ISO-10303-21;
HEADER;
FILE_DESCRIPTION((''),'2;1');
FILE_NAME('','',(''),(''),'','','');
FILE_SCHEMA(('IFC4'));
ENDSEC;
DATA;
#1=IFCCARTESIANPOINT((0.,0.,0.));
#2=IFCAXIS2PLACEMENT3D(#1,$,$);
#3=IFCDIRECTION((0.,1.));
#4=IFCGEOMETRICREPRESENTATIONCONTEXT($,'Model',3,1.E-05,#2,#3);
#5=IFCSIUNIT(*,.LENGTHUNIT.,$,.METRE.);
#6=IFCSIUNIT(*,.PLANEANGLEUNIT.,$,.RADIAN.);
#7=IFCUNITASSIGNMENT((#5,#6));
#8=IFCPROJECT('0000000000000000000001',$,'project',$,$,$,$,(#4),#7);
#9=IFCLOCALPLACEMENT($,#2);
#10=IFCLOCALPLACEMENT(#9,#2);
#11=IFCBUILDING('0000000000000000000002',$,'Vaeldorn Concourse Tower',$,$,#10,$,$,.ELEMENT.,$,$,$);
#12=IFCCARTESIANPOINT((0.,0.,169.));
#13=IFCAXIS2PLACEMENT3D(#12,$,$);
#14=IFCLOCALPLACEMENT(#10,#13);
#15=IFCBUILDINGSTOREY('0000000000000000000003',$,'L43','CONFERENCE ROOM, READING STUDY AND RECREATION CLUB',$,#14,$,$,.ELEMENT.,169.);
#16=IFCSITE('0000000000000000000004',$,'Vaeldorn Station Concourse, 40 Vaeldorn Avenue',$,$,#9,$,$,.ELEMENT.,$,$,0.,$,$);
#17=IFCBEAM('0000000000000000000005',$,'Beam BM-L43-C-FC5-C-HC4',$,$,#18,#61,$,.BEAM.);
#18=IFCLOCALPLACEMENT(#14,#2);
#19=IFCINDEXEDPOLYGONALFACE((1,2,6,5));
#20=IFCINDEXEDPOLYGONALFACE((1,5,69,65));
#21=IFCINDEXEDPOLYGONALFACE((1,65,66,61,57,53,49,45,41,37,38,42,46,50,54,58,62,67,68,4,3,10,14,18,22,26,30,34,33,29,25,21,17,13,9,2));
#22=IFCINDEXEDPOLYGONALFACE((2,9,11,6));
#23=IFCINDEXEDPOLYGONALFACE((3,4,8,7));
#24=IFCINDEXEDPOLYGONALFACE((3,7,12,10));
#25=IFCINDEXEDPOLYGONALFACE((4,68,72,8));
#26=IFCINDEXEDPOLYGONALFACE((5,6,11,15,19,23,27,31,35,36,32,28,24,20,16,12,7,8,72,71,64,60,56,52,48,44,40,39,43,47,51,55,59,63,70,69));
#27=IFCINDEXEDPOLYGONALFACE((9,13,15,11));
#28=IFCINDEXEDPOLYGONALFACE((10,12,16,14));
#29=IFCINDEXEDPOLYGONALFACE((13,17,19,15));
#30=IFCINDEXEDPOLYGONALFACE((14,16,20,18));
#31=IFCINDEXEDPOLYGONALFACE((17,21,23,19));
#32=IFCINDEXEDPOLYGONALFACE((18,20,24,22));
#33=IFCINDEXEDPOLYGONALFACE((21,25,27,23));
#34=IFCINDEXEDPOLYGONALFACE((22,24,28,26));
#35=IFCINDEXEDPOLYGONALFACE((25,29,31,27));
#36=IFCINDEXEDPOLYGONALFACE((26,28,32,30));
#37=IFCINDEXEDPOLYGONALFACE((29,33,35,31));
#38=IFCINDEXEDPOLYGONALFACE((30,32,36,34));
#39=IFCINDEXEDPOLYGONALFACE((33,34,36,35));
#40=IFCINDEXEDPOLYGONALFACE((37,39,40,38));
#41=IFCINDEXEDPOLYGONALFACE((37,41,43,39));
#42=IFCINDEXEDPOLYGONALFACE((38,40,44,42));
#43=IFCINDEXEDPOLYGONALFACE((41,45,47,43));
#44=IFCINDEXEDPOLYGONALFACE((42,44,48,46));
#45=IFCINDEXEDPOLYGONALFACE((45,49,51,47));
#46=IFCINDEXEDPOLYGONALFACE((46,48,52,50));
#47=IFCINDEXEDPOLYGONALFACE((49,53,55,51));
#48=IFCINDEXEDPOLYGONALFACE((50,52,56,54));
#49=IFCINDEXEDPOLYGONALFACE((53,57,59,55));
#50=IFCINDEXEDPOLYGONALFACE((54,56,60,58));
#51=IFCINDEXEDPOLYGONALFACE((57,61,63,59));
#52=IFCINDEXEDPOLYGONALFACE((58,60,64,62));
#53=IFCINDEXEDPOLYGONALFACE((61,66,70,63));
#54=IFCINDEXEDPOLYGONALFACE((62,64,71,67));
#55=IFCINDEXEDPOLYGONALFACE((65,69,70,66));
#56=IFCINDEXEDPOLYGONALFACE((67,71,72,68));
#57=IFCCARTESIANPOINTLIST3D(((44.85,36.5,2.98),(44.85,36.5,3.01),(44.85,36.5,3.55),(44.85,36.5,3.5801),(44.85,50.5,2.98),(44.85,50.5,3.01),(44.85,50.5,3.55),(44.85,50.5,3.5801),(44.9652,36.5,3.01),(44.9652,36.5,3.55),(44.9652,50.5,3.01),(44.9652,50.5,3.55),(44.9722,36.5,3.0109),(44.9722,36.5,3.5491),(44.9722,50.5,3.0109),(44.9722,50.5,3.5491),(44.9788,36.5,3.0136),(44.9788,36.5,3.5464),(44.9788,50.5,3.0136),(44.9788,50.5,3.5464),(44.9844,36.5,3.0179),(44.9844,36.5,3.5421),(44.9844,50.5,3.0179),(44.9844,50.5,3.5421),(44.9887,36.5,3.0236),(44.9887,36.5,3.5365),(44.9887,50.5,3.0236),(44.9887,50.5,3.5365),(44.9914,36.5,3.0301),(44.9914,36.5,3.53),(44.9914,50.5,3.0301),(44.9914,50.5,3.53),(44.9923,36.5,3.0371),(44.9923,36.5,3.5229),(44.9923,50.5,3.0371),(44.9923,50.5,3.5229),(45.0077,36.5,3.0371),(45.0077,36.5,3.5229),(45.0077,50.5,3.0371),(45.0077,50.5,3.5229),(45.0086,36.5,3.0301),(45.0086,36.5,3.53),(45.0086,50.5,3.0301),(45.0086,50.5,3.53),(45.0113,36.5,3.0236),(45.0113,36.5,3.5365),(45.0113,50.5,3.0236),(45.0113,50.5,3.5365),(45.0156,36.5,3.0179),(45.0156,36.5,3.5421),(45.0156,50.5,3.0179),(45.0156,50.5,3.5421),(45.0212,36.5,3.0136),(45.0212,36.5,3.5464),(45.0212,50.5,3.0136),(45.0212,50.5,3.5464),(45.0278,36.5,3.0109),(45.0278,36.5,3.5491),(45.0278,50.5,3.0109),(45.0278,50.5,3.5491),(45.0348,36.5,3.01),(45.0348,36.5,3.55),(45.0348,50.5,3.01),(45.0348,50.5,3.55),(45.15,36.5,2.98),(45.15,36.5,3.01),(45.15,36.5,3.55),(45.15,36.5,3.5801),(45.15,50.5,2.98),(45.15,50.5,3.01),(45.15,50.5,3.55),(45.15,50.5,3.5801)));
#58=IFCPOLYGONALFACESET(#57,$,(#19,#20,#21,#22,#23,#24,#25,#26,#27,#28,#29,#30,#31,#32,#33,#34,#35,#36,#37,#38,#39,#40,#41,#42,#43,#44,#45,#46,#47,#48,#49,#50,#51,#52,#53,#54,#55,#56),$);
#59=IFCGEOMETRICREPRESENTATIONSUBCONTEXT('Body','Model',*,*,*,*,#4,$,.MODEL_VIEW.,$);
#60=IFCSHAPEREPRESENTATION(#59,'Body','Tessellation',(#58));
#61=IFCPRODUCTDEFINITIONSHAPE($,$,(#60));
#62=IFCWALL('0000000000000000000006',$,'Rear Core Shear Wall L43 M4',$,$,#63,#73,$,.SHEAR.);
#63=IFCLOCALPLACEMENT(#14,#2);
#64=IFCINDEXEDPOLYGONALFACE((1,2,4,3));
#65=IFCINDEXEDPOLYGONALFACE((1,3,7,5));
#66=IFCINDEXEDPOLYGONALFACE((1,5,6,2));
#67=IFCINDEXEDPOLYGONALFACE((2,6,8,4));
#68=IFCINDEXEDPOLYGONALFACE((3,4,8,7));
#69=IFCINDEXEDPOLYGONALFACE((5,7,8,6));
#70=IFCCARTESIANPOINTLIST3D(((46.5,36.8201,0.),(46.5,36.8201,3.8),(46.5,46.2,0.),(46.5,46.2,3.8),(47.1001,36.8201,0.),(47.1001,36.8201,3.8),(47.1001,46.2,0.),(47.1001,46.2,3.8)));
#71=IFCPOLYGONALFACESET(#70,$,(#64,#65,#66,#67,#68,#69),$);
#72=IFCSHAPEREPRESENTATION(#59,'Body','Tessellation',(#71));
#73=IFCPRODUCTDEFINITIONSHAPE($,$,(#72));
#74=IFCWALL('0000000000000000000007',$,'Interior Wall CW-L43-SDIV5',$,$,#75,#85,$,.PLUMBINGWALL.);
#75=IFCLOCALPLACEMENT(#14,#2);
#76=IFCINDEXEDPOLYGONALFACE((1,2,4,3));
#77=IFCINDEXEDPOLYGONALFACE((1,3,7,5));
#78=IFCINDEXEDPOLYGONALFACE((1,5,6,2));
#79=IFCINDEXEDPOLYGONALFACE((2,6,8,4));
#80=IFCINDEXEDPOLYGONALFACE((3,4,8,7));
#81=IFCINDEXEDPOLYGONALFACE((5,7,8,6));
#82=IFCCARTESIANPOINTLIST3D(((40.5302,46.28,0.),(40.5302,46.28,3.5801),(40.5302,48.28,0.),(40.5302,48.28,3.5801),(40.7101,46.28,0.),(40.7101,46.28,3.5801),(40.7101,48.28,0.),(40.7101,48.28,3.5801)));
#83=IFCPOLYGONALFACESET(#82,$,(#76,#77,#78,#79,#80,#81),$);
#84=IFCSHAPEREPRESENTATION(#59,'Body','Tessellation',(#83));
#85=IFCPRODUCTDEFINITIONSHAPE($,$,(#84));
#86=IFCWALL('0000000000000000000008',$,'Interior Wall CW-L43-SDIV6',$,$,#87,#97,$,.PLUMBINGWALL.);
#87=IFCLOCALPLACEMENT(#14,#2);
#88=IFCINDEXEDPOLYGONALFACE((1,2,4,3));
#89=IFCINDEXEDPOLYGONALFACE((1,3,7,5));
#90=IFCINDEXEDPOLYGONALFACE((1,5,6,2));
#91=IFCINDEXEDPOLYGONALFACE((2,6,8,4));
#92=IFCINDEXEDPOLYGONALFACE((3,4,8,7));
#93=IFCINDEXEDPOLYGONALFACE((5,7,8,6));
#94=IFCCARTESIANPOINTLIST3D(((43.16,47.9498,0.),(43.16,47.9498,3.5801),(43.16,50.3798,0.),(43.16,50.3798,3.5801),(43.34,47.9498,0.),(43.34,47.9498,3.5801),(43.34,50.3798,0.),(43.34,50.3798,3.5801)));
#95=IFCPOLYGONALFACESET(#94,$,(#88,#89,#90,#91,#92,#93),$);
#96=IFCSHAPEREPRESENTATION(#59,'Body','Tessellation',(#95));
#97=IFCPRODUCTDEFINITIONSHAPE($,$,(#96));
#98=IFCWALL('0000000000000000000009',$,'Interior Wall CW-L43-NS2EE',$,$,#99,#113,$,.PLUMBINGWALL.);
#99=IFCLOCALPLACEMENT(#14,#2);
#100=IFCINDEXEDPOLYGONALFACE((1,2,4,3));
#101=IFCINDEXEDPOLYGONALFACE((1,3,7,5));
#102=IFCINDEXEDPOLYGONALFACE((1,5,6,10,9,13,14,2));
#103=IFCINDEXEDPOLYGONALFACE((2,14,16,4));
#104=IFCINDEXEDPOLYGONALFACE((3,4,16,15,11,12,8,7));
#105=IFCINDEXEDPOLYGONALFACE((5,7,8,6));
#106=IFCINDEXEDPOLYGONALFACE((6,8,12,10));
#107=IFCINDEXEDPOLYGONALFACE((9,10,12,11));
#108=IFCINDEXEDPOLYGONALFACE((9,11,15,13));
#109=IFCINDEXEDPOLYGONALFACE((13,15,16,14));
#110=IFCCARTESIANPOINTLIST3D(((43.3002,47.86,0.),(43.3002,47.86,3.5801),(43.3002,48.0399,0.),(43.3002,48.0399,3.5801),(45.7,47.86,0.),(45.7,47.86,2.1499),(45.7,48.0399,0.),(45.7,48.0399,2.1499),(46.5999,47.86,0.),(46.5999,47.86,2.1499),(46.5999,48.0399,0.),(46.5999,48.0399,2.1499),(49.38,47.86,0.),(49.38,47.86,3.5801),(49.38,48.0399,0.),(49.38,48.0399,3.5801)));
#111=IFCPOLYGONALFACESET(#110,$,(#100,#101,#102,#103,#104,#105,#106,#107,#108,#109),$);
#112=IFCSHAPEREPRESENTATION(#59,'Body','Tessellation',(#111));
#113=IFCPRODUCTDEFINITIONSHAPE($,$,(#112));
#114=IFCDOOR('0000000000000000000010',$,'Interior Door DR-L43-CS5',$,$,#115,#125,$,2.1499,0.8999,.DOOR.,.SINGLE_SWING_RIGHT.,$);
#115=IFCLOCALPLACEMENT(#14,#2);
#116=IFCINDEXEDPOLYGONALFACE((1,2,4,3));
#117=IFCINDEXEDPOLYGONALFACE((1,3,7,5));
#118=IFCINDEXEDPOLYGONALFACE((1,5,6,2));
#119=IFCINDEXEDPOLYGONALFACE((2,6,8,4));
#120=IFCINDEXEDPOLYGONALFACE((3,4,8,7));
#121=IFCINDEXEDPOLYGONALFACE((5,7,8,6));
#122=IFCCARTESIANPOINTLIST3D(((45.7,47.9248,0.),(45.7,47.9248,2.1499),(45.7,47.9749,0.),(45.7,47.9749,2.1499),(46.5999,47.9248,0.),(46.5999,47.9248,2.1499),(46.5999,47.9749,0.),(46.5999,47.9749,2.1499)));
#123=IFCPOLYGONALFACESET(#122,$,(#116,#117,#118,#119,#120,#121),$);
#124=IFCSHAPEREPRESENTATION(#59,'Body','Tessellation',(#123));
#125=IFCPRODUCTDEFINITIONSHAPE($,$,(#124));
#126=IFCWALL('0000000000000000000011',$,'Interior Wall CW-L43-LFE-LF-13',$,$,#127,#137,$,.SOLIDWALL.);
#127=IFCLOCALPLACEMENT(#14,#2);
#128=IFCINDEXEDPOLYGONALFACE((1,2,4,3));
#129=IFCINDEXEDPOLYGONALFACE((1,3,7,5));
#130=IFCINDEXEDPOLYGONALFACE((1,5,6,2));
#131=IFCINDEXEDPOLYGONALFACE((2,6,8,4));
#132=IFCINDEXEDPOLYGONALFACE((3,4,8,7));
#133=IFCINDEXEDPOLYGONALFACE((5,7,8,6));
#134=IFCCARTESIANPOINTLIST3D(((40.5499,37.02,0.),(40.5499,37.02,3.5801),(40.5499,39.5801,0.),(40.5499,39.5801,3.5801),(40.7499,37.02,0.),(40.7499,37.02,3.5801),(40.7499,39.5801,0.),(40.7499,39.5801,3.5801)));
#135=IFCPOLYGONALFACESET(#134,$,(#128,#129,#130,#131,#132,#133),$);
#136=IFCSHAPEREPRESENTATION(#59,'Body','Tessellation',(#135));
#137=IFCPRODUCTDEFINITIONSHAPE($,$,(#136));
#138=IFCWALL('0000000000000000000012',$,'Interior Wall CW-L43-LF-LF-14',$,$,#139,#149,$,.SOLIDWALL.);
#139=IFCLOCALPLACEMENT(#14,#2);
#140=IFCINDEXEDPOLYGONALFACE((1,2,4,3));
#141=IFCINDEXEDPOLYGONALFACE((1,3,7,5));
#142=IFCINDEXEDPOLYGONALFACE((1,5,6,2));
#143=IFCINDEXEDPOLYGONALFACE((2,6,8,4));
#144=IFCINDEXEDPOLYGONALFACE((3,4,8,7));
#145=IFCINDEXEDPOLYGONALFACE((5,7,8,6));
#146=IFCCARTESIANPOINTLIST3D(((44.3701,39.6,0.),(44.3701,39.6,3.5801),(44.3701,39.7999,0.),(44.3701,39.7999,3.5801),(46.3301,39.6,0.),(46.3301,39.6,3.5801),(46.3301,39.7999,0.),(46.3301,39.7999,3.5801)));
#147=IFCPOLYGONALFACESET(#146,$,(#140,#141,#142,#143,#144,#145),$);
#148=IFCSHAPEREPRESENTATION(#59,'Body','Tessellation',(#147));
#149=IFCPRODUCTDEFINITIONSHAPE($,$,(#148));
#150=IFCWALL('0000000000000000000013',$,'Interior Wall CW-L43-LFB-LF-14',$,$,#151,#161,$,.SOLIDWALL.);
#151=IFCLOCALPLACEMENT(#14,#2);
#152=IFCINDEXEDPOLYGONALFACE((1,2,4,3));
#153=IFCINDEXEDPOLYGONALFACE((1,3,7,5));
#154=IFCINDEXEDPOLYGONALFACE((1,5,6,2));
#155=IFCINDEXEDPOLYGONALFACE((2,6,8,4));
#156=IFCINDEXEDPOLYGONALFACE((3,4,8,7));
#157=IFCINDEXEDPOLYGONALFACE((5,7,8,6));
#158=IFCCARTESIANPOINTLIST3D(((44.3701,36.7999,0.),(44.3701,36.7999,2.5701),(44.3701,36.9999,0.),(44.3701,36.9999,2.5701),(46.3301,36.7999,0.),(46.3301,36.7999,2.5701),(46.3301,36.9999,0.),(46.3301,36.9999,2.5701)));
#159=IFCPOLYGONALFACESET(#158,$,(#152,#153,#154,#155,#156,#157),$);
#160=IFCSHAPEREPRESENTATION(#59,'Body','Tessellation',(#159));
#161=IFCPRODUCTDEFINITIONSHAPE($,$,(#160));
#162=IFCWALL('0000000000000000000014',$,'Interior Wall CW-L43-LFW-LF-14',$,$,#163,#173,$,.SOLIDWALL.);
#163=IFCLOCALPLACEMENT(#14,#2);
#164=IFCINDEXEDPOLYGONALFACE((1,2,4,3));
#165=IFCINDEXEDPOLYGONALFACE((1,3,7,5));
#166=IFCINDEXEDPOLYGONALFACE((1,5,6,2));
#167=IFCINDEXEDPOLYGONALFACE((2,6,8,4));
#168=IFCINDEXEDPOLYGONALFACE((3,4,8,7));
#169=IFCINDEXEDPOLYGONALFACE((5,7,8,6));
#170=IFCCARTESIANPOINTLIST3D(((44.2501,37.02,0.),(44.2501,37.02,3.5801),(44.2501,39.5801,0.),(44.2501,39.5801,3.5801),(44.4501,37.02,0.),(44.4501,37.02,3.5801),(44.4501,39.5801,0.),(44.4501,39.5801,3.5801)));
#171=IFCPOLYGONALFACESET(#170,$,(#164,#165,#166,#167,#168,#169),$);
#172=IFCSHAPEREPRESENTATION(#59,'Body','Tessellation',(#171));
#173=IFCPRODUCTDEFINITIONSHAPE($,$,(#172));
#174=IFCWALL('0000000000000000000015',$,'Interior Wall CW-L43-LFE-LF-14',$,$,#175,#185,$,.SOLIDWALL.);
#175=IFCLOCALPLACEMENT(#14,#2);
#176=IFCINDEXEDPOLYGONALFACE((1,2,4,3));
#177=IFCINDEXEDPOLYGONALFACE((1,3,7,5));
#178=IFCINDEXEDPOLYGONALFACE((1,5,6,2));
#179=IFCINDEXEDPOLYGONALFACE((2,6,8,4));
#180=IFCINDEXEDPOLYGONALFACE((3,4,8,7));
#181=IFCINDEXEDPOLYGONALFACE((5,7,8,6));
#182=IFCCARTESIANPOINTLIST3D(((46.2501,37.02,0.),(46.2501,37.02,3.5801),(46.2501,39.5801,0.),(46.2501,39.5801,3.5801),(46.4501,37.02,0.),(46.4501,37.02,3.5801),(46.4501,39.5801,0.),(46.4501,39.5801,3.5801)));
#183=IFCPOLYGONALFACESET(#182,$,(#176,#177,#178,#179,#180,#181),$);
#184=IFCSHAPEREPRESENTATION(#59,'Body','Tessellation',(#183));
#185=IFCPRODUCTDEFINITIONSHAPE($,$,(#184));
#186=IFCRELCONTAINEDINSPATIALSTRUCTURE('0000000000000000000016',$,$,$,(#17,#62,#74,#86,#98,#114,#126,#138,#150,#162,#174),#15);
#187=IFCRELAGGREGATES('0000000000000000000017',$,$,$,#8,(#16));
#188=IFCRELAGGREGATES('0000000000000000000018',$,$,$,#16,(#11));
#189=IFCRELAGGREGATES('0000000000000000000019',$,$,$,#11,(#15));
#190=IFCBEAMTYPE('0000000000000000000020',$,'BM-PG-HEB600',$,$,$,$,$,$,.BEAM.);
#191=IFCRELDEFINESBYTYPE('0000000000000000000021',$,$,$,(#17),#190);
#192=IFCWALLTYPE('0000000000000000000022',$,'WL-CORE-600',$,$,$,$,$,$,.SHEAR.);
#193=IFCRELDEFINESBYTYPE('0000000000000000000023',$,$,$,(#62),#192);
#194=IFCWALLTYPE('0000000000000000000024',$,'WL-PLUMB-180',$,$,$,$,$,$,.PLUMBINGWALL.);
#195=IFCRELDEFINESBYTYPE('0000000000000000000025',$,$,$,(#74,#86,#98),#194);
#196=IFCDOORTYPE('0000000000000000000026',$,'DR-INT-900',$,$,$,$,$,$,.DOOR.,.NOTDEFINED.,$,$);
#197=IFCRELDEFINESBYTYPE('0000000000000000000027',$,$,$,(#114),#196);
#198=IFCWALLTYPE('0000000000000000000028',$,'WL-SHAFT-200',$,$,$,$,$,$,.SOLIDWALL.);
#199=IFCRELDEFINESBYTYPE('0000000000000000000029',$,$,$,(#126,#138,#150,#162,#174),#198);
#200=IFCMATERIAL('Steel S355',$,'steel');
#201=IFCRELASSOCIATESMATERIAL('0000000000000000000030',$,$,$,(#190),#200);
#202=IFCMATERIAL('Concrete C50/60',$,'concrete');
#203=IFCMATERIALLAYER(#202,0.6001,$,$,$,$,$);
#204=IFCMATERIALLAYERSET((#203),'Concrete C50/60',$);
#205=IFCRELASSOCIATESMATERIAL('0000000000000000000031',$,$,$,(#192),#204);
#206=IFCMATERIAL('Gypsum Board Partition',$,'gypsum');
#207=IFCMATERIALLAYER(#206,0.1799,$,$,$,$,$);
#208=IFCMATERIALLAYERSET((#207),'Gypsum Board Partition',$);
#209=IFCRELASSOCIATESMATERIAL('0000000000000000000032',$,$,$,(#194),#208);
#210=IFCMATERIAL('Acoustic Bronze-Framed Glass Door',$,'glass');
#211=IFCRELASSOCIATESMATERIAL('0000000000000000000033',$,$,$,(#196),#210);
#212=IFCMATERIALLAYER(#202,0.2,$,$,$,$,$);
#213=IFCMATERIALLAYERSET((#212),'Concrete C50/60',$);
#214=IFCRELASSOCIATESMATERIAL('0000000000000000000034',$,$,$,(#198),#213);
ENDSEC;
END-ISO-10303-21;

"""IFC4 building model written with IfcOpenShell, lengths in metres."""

from ifc_helpers import new_model, si_unit, direction, frame, frame_2d, origin, origin_2d, place, context, subcontext, project, spatial, rectangle, i_section, extrude, source, transform, mapped, material, layer, layer_set, material_profile, profile_set, type_object, element, fill, save


model = new_model("IFC4")

# Units and contexts
model_context = context("Model", 3, precision=1e-05, world=origin(), true_north=direction((0.0, 1.0)))
body_context = subcontext(model_context, "Body", "Model", "MODEL_VIEW")
ifc_project = project(units=[si_unit("LENGTHUNIT", "METRE"), si_unit("PLANEANGLEUNIT", "RADIAN")], contexts=[model_context])

# Site, building, storey
site_placement = place(None, origin())
site = spatial("IfcSite", under=ifc_project, at=site_placement, Name="Vaeldorn Station Concourse, 40 Vaeldorn Avenue", CompositionType="ELEMENT", RefElevation=0.0)
building_placement = place(site_placement, origin())
building = spatial("IfcBuilding", under=site, at=building_placement, Name="Vaeldorn Concourse Tower", CompositionType="ELEMENT")
storey_placement = place(building_placement, frame((0.0, 0.0, 169.0)))
storey = spatial("IfcBuildingStorey", under=building, at=storey_placement, Name="L43", Description="CONFERENCE ROOM, READING STUDY AND RECREATION CLUB", CompositionType="ELEMENT", Elevation=169.0)

# Beam
ifc_material_1 = material(Name="Concrete C50/60", Category="concrete")
ifc_material_2 = material(Name="Steel S355", Category="steel")
ifc_material_profile_1 = material_profile(ifc_material_2, i_section(OverallWidth=0.3, OverallDepth=0.6001, WebThickness=0.0154, FlangeThickness=0.03, FilletRadius=0.0271, at=origin_2d()), Name="HEB 600")
ifc_profile_set_1 = profile_set([ifc_material_profile_1], Name="Steel S355")
beam_type_1 = type_object("IfcBeamType", Name="BM-PG-HEB600", PredefinedType="BEAM", material=ifc_profile_set_1)
shared_shape_1 = source(origin(), body_context, "Body", "SweptSolid", [
    extrude(i_section(OverallWidth=0.3, OverallDepth=0.6001, WebThickness=0.0154, FlangeThickness=0.03, FilletRadius=0.0271, at=origin_2d()), origin(), (0.0, 0.0, 1.0), 14.0),
])
beam_1_placement = place(storey_placement, frame((45.0, 36.5, 3.28), z_axis=(0.0, 1.0, 0.0), x_axis=(-1.0, 0.0, 0.0)))
element("IfcBeam", 1, at=beam_1_placement, inside=storey, type_object=beam_type_1, Name="Beam BM-L43-C-FC5-C-HC4", PredefinedType="BEAM", context=body_context, shape_type="MappedRepresentation", body=[
    mapped(shared_shape_1, transform((0.0, 0.0, 0.0), scale=1.0)),
])

# Walls
ifc_layer_1 = layer(ifc_material_1, 0.6001)
ifc_layer_set_1 = layer_set([ifc_layer_1], Name="Concrete C50/60")
wall_type_1 = type_object("IfcWallType", Name="WL-CORE-600", PredefinedType="SHEAR", material=ifc_layer_set_1)
wall_1_placement = place(storey_placement, frame((46.8, 36.8201, 0.0), z_axis=(0.0, 0.0, 1.0), x_axis=(0.0, 1.0, 0.0)))
element("IfcWall", 2, at=wall_1_placement, inside=storey, type_object=wall_type_1, Name="Rear Core Shear Wall L43 M4", PredefinedType="SHEAR", context=body_context, shape_type="SweptSolid", body=[
    extrude(rectangle(XDim=9.3799, YDim=0.6001, at=frame_2d((4.6899, 0.0))), origin(), (0.0, 0.0, 1.0), 3.8),
])
ifc_material_3 = material(Name="Gypsum Board Partition", Category="gypsum")
ifc_layer_2 = layer(ifc_material_3, 0.1799)
ifc_layer_set_2 = layer_set([ifc_layer_2], Name="Gypsum Board Partition")
wall_type_2 = type_object("IfcWallType", Name="WL-PLUMB-180", PredefinedType="PLUMBINGWALL", material=ifc_layer_set_2)
wall_2_placement = place(storey_placement, frame((40.6201, 46.28, 0.0), z_axis=(0.0, 0.0, 1.0), x_axis=(0.0, 1.0, 0.0)))
element("IfcWall", 3, at=wall_2_placement, inside=storey, type_object=wall_type_2, Name="Interior Wall CW-L43-SDIV5", PredefinedType="PLUMBINGWALL", context=body_context, shape_type="SweptSolid", body=[
    extrude(rectangle(XDim=2.0, YDim=0.1799, at=frame_2d((1.0, 0.0))), origin(), (0.0, 0.0, 1.0), 3.5801),
])
wall_3_placement = place(storey_placement, frame((43.25, 47.95, 0.0), z_axis=(0.0, 0.0, 1.0), x_axis=(0.0, 1.0, 0.0)))
element("IfcWall", 4, at=wall_3_placement, inside=storey, type_object=wall_type_2, Name="Interior Wall CW-L43-SDIV6", PredefinedType="PLUMBINGWALL", context=body_context, shape_type="SweptSolid", body=[
    extrude(rectangle(XDim=2.4299, YDim=0.1799, at=frame_2d((1.2148, 0.0))), origin(), (0.0, 0.0, 1.0), 3.5801),
])

# Wall, opening, door
wall_4_placement = place(storey_placement, frame((43.3, 47.95, 0.0), z_axis=(0.0, 0.0, 1.0), x_axis=(1.0, 0.0, 0.0)))
wall_4 = element("IfcWall", 5, at=wall_4_placement, inside=storey, type_object=wall_type_2, Name="Interior Wall CW-L43-NS2EE", PredefinedType="PLUMBINGWALL", context=body_context, shape_type="SweptSolid", body=[
    extrude(rectangle(XDim=6.0798, YDim=0.1799, at=frame_2d((3.04, 0.0))), origin(), (0.0, 0.0, 1.0), 3.5801),
])
opening_1_placement = place(wall_4_placement, frame((2.3999, 0.0, 0.0)))
opening_1 = element("IfcOpeningElement", 6, at=opening_1_placement, cuts=wall_4, PredefinedType="OPENING", context=body_context, shape_type="SweptSolid", body=[
    extrude(rectangle(XDim=0.8999, YDim=2.1499, at=frame_2d((0.45, 1.075))), frame((0.0, 0.1001, 0.0), z_axis=(0.0, -1.0, 0.0), x_axis=(1.0, 0.0, 0.0)), (0.0, 0.0, 1.0), 0.2),
])
ifc_material_4 = material(Name="Acoustic Bronze-Framed Glass Door", Category="glass")
door_type_1 = type_object("IfcDoorType", Name="DR-INT-900", OperationType="NOTDEFINED", PredefinedType="DOOR", material=ifc_material_4)
shared_shape_2 = source(origin(), body_context, "Body", "SweptSolid", [
    extrude(rectangle(XDim=0.8999, YDim=2.1499, at=frame_2d((0.45, 1.075))), frame((0.0, 0.0249, 0.0), z_axis=(0.0, -1.0, 0.0), x_axis=(1.0, 0.0, 0.0)), (0.0, 0.0, 1.0), 0.05),
])
door_1_placement = place(opening_1_placement, origin())
door_1 = element("IfcDoor", 7, at=door_1_placement, inside=storey, type_object=door_type_1, Name="Interior Door DR-L43-CS5", OperationType="SINGLE_SWING_RIGHT", OverallHeight=2.1499, OverallWidth=0.8999, PredefinedType="DOOR", context=body_context, shape_type="MappedRepresentation", body=[
    mapped(shared_shape_2, transform((0.0, 0.0, 0.0), scale=1.0)),
])
fill(opening_1, door_1)
ifc_layer_3 = layer(ifc_material_1, 0.2)
ifc_layer_set_3 = layer_set([ifc_layer_3], Name="Concrete C50/60")
wall_type_3 = type_object("IfcWallType", Name="WL-SHAFT-200", PredefinedType="SOLIDWALL", material=ifc_layer_set_3)

# Walls
wall_5_placement = place(storey_placement, frame((40.6499, 37.02, 0.0), z_axis=(0.0, 0.0, 1.0), x_axis=(0.0, 1.0, 0.0)))
element("IfcWall", 8, at=wall_5_placement, inside=storey, type_object=wall_type_3, Name="Interior Wall CW-L43-LFE-LF-13", PredefinedType="SOLIDWALL", context=body_context, shape_type="SweptSolid", body=[
    extrude(rectangle(XDim=2.5601, YDim=0.2, at=frame_2d((1.28, 0.0))), origin(), (0.0, 0.0, 1.0), 3.5801),
])
wall_6_placement = place(storey_placement, frame((44.3701, 39.7, 0.0), z_axis=(0.0, 0.0, 1.0), x_axis=(1.0, 0.0, 0.0)))
element("IfcWall", 9, at=wall_6_placement, inside=storey, type_object=wall_type_3, Name="Interior Wall CW-L43-LF-LF-14", PredefinedType="SOLIDWALL", context=body_context, shape_type="SweptSolid", body=[
    extrude(rectangle(XDim=1.96, YDim=0.2, at=frame_2d((0.98, 0.0))), origin(), (0.0, 0.0, 1.0), 3.5801),
])
wall_7_placement = place(storey_placement, frame((44.3701, 36.8999, 0.0), z_axis=(0.0, 0.0, 1.0), x_axis=(1.0, 0.0, 0.0)))
element("IfcWall", 10, at=wall_7_placement, inside=storey, type_object=wall_type_3, Name="Interior Wall CW-L43-LFB-LF-14", PredefinedType="SOLIDWALL", context=body_context, shape_type="SweptSolid", body=[
    extrude(rectangle(XDim=1.96, YDim=0.2, at=frame_2d((0.98, 0.0))), origin(), (0.0, 0.0, 1.0), 2.5701),
])
for number, where, z_axis, x_axis, name in (
    (11, (44.3501, 37.02, 0.0), (0.0, 0.0, 1.0), (0.0, 1.0, 0.0), "Interior Wall CW-L43-LFW-LF-14"),
    (12, (46.3501, 37.02, 0.0), (0.0, 0.0, 1.0), (0.0, 1.0, 0.0), "Interior Wall CW-L43-LFE-LF-14"),
):
    element("IfcWall", number, at=place(storey_placement, frame(where, z_axis=z_axis, x_axis=x_axis)), inside=storey, type_object=wall_type_3, Name=name, PredefinedType="SOLIDWALL", context=body_context, shape_type="SweptSolid", body=[
        extrude(rectangle(XDim=2.5601, YDim=0.2, at=frame_2d((1.28, 0.0))), origin(), (0.0, 0.0, 1.0), 3.5801),
    ])

save(model, "model.ifc")
